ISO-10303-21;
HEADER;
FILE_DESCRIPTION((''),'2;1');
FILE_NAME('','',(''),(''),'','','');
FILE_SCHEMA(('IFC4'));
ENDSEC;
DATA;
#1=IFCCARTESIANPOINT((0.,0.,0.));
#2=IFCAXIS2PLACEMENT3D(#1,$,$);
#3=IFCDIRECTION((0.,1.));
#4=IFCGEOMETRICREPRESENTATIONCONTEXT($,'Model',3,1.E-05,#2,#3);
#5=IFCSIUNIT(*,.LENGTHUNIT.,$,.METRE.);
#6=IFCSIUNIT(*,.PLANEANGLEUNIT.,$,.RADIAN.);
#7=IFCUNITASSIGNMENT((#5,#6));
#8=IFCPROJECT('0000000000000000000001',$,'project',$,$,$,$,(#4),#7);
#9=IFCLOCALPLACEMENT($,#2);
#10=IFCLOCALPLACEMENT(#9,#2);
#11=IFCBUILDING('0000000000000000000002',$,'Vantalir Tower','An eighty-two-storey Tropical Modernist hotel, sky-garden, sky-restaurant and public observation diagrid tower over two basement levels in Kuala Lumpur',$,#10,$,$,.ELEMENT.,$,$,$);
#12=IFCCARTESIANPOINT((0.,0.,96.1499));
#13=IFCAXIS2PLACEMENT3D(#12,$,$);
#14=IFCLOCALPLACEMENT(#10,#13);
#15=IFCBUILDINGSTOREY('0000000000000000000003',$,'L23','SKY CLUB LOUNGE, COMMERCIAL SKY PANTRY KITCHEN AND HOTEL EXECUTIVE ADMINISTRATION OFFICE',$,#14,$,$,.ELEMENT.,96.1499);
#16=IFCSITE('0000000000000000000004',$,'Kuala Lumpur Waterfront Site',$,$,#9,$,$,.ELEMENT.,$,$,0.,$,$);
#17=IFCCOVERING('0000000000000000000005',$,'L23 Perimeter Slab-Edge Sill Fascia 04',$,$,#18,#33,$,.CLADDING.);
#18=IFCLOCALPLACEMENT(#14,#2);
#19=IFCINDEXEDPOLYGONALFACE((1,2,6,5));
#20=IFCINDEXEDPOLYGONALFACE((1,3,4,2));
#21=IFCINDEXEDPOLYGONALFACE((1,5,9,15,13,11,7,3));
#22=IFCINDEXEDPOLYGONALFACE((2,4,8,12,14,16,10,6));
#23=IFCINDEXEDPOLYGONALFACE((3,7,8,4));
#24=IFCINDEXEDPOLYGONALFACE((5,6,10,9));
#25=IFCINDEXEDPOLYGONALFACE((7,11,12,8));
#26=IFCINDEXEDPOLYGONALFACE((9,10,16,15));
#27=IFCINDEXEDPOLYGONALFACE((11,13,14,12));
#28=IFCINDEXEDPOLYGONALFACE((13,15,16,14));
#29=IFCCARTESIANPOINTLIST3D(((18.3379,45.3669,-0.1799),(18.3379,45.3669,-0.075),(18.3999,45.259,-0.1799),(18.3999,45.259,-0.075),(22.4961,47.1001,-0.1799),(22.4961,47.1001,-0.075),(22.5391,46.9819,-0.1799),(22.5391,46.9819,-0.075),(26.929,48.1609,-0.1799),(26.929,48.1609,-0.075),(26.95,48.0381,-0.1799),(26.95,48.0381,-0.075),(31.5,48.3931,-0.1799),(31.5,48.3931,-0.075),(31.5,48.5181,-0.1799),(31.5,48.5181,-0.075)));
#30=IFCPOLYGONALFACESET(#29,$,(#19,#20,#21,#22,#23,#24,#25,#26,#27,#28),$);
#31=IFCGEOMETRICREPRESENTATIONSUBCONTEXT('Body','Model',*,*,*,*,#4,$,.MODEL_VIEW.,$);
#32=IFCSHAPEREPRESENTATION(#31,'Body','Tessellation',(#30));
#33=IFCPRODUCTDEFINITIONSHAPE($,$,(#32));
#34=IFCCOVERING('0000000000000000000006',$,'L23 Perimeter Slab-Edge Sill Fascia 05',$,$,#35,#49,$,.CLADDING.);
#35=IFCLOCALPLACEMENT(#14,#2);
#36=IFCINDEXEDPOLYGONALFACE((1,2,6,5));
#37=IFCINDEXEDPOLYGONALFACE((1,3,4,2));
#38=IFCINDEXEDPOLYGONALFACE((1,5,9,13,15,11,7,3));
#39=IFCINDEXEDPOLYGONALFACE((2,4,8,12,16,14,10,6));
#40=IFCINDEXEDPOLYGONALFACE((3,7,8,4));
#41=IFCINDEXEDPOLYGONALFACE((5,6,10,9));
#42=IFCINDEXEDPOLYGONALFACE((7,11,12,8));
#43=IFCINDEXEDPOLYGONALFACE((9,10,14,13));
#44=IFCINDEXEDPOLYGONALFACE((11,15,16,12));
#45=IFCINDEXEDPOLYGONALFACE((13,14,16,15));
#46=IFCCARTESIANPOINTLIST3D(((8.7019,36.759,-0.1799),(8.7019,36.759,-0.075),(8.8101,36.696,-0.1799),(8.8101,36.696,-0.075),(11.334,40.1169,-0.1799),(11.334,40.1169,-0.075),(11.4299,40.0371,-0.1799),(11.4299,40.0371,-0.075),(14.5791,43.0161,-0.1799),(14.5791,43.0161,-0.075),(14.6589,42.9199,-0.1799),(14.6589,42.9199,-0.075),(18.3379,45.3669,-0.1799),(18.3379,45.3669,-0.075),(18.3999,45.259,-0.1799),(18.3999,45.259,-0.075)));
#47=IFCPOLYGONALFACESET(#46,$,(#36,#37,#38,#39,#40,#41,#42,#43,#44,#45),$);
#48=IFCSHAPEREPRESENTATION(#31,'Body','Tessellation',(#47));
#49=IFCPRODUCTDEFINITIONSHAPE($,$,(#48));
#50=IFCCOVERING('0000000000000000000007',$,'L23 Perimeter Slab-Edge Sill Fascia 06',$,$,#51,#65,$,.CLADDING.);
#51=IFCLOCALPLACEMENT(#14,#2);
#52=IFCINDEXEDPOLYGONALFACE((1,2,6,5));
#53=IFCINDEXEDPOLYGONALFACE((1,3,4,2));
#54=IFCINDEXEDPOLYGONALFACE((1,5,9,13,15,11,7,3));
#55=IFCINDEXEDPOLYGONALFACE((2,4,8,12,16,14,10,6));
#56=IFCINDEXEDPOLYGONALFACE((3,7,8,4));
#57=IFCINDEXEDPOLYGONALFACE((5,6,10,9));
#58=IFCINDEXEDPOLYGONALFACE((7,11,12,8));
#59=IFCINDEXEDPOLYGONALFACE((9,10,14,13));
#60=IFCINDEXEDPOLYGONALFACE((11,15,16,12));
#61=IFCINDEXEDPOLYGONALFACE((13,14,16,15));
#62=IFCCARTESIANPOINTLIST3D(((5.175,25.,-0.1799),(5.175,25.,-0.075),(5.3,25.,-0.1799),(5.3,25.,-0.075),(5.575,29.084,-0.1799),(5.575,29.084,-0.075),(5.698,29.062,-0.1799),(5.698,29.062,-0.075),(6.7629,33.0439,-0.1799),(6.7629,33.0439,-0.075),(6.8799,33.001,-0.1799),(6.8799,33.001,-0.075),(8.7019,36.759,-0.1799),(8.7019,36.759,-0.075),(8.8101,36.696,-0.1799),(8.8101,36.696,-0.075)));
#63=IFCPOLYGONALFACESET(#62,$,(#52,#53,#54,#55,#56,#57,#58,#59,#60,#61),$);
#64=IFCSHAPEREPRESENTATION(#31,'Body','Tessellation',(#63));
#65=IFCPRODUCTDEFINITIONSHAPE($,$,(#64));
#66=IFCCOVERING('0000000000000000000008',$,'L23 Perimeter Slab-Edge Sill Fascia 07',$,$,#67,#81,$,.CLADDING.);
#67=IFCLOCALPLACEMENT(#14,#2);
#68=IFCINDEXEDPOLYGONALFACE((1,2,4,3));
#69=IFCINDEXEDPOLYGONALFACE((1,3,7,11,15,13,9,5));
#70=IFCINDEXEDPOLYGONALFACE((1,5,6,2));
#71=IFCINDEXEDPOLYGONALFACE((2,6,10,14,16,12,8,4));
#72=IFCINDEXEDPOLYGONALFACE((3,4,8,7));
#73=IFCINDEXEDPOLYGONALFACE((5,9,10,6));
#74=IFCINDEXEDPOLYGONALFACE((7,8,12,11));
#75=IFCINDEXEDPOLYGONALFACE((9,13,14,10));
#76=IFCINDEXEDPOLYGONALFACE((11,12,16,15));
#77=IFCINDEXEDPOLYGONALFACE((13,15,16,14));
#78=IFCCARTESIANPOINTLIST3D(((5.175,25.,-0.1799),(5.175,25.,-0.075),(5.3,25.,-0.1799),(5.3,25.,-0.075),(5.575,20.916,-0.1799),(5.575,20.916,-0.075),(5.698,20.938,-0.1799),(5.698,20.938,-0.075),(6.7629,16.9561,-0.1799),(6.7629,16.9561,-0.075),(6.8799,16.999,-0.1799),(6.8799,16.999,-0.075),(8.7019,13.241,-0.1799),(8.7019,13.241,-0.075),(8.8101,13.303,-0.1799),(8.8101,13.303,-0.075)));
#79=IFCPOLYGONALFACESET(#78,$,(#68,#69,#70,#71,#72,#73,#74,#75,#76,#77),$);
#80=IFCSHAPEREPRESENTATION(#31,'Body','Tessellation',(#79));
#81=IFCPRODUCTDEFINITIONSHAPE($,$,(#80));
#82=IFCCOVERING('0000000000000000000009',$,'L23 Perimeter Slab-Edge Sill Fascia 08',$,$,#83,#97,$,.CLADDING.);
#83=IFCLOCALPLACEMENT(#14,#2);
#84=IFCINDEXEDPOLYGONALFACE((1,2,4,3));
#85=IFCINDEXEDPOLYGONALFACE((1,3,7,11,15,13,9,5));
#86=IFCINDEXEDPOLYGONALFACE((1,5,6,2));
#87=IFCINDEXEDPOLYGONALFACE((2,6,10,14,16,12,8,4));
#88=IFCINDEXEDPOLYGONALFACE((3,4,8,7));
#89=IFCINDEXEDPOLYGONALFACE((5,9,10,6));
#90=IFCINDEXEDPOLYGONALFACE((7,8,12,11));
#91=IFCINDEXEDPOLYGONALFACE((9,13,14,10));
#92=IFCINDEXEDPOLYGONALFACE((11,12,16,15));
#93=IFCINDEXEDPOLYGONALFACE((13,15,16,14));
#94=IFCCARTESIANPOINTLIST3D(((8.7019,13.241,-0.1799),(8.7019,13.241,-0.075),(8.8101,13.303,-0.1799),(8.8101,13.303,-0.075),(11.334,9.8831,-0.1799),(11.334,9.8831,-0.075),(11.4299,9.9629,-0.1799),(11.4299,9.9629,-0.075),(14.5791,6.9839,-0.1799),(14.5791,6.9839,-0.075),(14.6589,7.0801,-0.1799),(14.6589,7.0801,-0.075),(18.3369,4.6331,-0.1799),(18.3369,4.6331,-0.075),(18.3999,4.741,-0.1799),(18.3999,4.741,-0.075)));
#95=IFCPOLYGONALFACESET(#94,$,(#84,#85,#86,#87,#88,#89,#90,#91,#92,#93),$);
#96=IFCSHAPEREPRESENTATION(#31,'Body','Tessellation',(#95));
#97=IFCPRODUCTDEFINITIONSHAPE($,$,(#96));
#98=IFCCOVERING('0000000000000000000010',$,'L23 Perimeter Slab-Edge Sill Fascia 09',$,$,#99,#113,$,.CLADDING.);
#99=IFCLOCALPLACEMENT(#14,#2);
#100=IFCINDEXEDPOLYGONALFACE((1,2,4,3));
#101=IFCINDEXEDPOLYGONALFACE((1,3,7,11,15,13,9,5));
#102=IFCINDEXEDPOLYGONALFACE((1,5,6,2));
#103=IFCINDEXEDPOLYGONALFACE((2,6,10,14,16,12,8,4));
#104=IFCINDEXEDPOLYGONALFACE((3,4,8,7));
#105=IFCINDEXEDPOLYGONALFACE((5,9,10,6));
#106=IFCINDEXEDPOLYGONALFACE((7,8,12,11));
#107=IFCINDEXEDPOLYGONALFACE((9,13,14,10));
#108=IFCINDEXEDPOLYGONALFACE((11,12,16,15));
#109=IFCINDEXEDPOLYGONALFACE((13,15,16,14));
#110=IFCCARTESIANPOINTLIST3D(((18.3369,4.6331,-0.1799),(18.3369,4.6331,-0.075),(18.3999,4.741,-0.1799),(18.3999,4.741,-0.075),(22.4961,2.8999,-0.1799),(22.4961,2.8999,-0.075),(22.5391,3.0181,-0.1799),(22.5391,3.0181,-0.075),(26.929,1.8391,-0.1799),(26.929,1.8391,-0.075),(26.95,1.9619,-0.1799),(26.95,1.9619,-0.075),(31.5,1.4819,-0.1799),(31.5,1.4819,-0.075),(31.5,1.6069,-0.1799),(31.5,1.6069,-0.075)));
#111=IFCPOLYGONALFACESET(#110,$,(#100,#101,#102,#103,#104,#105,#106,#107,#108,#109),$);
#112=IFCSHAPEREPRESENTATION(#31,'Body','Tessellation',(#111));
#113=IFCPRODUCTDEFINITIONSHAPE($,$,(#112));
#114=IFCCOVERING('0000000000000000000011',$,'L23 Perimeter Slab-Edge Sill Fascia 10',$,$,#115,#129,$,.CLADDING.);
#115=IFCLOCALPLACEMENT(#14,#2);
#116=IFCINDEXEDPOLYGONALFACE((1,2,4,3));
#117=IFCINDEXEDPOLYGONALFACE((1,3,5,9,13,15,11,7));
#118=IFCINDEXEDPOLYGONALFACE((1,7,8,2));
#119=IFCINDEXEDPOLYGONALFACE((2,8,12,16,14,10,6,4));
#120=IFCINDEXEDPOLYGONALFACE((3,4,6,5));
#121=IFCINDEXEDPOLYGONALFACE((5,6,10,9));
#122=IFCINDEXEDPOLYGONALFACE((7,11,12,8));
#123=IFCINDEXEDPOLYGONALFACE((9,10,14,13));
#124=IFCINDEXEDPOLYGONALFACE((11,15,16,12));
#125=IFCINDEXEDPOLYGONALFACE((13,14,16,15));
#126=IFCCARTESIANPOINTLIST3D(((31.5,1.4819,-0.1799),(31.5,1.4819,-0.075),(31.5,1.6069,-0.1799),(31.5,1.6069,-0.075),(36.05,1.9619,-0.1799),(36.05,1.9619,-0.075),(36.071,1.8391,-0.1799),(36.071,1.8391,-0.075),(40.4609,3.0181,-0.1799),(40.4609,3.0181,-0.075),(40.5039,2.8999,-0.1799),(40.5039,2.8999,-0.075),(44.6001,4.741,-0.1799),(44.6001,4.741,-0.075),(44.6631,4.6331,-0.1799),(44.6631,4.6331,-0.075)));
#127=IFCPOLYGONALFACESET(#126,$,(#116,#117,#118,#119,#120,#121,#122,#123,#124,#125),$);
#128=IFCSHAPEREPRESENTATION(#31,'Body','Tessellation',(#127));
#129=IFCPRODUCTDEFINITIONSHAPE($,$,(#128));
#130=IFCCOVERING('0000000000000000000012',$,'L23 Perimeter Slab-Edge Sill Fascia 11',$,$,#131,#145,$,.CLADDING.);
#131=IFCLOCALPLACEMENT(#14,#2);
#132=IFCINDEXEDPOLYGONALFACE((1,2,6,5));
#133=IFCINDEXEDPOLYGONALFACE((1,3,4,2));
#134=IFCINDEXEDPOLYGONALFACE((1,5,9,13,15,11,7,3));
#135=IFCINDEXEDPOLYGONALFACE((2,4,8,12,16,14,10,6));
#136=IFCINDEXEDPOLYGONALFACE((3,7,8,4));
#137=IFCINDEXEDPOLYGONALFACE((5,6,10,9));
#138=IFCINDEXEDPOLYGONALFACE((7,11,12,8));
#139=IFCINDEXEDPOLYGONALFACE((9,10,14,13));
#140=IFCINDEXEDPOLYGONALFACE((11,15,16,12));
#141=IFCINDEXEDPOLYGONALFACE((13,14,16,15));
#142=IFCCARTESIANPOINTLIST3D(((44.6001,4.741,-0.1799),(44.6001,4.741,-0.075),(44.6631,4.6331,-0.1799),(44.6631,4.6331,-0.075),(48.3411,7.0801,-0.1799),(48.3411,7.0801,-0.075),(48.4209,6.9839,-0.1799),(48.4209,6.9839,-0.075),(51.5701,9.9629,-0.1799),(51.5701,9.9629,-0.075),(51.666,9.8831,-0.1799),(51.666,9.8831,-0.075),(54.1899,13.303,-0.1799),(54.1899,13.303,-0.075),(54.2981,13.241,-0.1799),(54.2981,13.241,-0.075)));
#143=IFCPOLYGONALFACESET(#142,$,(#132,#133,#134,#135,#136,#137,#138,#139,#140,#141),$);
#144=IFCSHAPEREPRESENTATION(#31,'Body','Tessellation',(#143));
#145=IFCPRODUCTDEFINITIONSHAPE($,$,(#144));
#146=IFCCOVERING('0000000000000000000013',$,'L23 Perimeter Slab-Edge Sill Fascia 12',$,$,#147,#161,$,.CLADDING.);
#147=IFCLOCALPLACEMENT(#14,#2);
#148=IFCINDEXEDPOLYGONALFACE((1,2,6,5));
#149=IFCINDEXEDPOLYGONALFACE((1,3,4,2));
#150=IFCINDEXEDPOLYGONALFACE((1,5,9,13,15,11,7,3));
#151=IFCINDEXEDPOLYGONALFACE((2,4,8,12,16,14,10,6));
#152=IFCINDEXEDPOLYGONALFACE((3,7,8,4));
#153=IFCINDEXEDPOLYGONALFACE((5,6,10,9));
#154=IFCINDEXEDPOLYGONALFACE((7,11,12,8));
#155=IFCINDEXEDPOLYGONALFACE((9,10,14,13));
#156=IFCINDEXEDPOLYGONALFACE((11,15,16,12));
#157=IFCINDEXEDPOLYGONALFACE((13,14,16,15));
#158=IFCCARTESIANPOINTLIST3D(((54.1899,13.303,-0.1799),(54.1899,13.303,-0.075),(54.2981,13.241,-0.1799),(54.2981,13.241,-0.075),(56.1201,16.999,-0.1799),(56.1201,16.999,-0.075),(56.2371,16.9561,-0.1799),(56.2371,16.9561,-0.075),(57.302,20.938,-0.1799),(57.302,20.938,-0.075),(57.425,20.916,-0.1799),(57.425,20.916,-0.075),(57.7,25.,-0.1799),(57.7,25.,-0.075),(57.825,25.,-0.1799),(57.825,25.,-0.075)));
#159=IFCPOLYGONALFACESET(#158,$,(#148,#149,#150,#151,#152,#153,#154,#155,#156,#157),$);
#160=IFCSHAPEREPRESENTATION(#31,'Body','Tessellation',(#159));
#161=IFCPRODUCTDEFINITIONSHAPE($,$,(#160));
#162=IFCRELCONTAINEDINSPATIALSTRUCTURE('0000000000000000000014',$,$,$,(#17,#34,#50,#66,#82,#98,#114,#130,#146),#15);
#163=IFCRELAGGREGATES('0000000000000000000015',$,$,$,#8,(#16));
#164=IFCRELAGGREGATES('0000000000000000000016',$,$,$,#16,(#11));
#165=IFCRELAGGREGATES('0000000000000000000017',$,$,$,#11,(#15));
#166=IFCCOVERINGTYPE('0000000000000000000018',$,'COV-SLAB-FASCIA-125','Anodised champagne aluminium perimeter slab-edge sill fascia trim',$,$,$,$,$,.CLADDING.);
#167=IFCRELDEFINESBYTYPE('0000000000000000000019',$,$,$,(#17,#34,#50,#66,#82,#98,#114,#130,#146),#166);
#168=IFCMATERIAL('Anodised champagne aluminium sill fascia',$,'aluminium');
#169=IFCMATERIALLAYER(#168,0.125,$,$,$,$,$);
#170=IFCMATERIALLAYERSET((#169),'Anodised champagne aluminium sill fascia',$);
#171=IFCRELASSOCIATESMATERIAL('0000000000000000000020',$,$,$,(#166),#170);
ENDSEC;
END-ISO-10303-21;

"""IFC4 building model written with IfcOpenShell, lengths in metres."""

from ifc_helpers import new_model, si_unit, direction, frame, origin, place, context, subcontext, project, spatial, polyline, outline, extrude, material, layer, layer_set, type_object, element, save


model = new_model("IFC4")

# Units and contexts
model_context = context("Model", 3, precision=1e-05, world=origin(), true_north=direction((0.0, 1.0)))
body_context = subcontext(model_context, "Body", "Model", "MODEL_VIEW")
ifc_project = project(units=[si_unit("LENGTHUNIT", "METRE"), si_unit("PLANEANGLEUNIT", "RADIAN")], contexts=[model_context])

# Site, building, storey
site_placement = place(None, origin())
site = spatial("IfcSite", under=ifc_project, at=site_placement, Name="Kuala Lumpur Waterfront Site", CompositionType="ELEMENT", RefElevation=0.0)
building_placement = place(site_placement, origin())
building = spatial("IfcBuilding", under=site, at=building_placement, Name="Vantalir Tower", Description="An eighty-two-storey Tropical Modernist hotel, sky-garden, sky-restaurant and public observation diagrid tower over two basement levels in Kuala Lumpur", CompositionType="ELEMENT")
storey_placement = place(building_placement, frame((0.0, 0.0, 96.1499)))
storey = spatial("IfcBuildingStorey", under=building, at=storey_placement, Name="L23", Description="SKY CLUB LOUNGE, COMMERCIAL SKY PANTRY KITCHEN AND HOTEL EXECUTIVE ADMINISTRATION OFFICE", CompositionType="ELEMENT", Elevation=96.1499)

# Coverings
ifc_material_1 = material(Name="Anodised champagne aluminium sill fascia", Category="aluminium")
ifc_layer_1 = layer(ifc_material_1, 0.125)
ifc_layer_set_1 = layer_set([ifc_layer_1], Name="Anodised champagne aluminium sill fascia")
covering_type = type_object("IfcCoveringType", Name="COV-SLAB-FASCIA-125", Description="Anodised champagne aluminium perimeter slab-edge sill fascia trim", PredefinedType="CLADDING", material=ifc_layer_set_1)
covering_1_placement = place(storey_placement, frame((0.0, 0.0, -0.1799)))
element("IfcCovering", 1, at=covering_1_placement, inside=storey, type_object=covering_type, Name="L23 Perimeter Slab-Edge Sill Fascia 04", PredefinedType="CLADDING", context=body_context, shape_type="SweptSolid", body=[
    extrude(outline(polyline([(31.5, 48.5181), (26.929, 48.1609), (22.4961, 47.1001), (18.3379, 45.3669), (18.3999, 45.259), (22.5391, 46.9819), (26.95, 48.0381), (31.5, 48.3931), (31.5, 48.5181)])), origin(), (0.0, 0.0, 1.0), 0.105),
])
covering_2_placement = place(storey_placement, frame((0.0, 0.0, -0.1799)))
element("IfcCovering", 2, at=covering_2_placement, inside=storey, type_object=covering_type, Name="L23 Perimeter Slab-Edge Sill Fascia 05", PredefinedType="CLADDING", context=body_context, shape_type="SweptSolid", body=[
    extrude(outline(polyline([(18.3379, 45.3669), (14.5791, 43.0161), (11.334, 40.1169), (8.7019, 36.759), (8.8101, 36.696), (11.4299, 40.0371), (14.6589, 42.9199), (18.3999, 45.259), (18.3379, 45.3669)])), origin(), (0.0, 0.0, 1.0), 0.105),
])
covering_3_placement = place(storey_placement, frame((0.0, 0.0, -0.1799)))
element("IfcCovering", 3, at=covering_3_placement, inside=storey, type_object=covering_type, Name="L23 Perimeter Slab-Edge Sill Fascia 06", PredefinedType="CLADDING", context=body_context, shape_type="SweptSolid", body=[
    extrude(outline(polyline([(8.7019, 36.759), (6.7629, 33.0439), (5.575, 29.084), (5.175, 25.0), (5.3, 25.0), (5.698, 29.062), (6.8799, 33.001), (8.8101, 36.696), (8.7019, 36.759)])), origin(), (0.0, 0.0, 1.0), 0.105),
])
covering_4_placement = place(storey_placement, frame((0.0, 0.0, -0.1799)))
element("IfcCovering", 4, at=covering_4_placement, inside=storey, type_object=covering_type, Name="L23 Perimeter Slab-Edge Sill Fascia 07", PredefinedType="CLADDING", context=body_context, shape_type="SweptSolid", body=[
    extrude(outline(polyline([(5.175, 25.0), (5.575, 20.916), (6.7629, 16.9561), (8.7019, 13.241), (8.8101, 13.303), (6.8799, 16.999), (5.698, 20.938), (5.3, 25.0), (5.175, 25.0)])), origin(), (0.0, 0.0, 1.0), 0.105),
])
covering_5_placement = place(storey_placement, frame((0.0, 0.0, -0.1799)))
element("IfcCovering", 5, at=covering_5_placement, inside=storey, type_object=covering_type, Name="L23 Perimeter Slab-Edge Sill Fascia 08", PredefinedType="CLADDING", context=body_context, shape_type="SweptSolid", body=[
    extrude(outline(polyline([(8.7019, 13.241), (11.334, 9.8831), (14.5791, 6.9839), (18.3369, 4.6331), (18.3999, 4.741), (14.6589, 7.0801), (11.4299, 9.9629), (8.8101, 13.303), (8.7019, 13.241)])), origin(), (0.0, 0.0, 1.0), 0.105),
])
covering_6_placement = place(storey_placement, frame((0.0, 0.0, -0.1799)))
element("IfcCovering", 6, at=covering_6_placement, inside=storey, type_object=covering_type, Name="L23 Perimeter Slab-Edge Sill Fascia 09", PredefinedType="CLADDING", context=body_context, shape_type="SweptSolid", body=[
    extrude(outline(polyline([(18.3369, 4.6331), (22.4961, 2.8999), (26.929, 1.8391), (31.5, 1.4819), (31.5, 1.6069), (26.95, 1.9619), (22.5391, 3.0181), (18.3999, 4.741), (18.3369, 4.6331)])), origin(), (0.0, 0.0, 1.0), 0.105),
])
covering_7_placement = place(storey_placement, frame((0.0, 0.0, -0.1799)))
element("IfcCovering", 7, at=covering_7_placement, inside=storey, type_object=covering_type, Name="L23 Perimeter Slab-Edge Sill Fascia 10", PredefinedType="CLADDING", context=body_context, shape_type="SweptSolid", body=[
    extrude(outline(polyline([(31.5, 1.4819), (36.071, 1.8391), (40.5039, 2.8999), (44.6631, 4.6331), (44.6001, 4.741), (40.4609, 3.0181), (36.05, 1.9619), (31.5, 1.6069), (31.5, 1.4819)])), origin(), (0.0, 0.0, 1.0), 0.105),
])
covering_8_placement = place(storey_placement, frame((0.0, 0.0, -0.1799)))
element("IfcCovering", 8, at=covering_8_placement, inside=storey, type_object=covering_type, Name="L23 Perimeter Slab-Edge Sill Fascia 11", PredefinedType="CLADDING", context=body_context, shape_type="SweptSolid", body=[
    extrude(outline(polyline([(44.6631, 4.6331), (48.4209, 6.9839), (51.666, 9.8831), (54.2981, 13.241), (54.1899, 13.303), (51.5701, 9.9629), (48.3411, 7.0801), (44.6001, 4.741), (44.6631, 4.6331)])), origin(), (0.0, 0.0, 1.0), 0.105),
])
covering_9_placement = place(storey_placement, frame((0.0, 0.0, -0.1799)))
element("IfcCovering", 9, at=covering_9_placement, inside=storey, type_object=covering_type, Name="L23 Perimeter Slab-Edge Sill Fascia 12", PredefinedType="CLADDING", context=body_context, shape_type="SweptSolid", body=[
    extrude(outline(polyline([(54.2981, 13.241), (56.2371, 16.9561), (57.425, 20.916), (57.825, 25.0), (57.7, 25.0), (57.302, 20.938), (56.1201, 16.999), (54.1899, 13.303), (54.2981, 13.241)])), origin(), (0.0, 0.0, 1.0), 0.105),
])

save(model, "model.ifc")
